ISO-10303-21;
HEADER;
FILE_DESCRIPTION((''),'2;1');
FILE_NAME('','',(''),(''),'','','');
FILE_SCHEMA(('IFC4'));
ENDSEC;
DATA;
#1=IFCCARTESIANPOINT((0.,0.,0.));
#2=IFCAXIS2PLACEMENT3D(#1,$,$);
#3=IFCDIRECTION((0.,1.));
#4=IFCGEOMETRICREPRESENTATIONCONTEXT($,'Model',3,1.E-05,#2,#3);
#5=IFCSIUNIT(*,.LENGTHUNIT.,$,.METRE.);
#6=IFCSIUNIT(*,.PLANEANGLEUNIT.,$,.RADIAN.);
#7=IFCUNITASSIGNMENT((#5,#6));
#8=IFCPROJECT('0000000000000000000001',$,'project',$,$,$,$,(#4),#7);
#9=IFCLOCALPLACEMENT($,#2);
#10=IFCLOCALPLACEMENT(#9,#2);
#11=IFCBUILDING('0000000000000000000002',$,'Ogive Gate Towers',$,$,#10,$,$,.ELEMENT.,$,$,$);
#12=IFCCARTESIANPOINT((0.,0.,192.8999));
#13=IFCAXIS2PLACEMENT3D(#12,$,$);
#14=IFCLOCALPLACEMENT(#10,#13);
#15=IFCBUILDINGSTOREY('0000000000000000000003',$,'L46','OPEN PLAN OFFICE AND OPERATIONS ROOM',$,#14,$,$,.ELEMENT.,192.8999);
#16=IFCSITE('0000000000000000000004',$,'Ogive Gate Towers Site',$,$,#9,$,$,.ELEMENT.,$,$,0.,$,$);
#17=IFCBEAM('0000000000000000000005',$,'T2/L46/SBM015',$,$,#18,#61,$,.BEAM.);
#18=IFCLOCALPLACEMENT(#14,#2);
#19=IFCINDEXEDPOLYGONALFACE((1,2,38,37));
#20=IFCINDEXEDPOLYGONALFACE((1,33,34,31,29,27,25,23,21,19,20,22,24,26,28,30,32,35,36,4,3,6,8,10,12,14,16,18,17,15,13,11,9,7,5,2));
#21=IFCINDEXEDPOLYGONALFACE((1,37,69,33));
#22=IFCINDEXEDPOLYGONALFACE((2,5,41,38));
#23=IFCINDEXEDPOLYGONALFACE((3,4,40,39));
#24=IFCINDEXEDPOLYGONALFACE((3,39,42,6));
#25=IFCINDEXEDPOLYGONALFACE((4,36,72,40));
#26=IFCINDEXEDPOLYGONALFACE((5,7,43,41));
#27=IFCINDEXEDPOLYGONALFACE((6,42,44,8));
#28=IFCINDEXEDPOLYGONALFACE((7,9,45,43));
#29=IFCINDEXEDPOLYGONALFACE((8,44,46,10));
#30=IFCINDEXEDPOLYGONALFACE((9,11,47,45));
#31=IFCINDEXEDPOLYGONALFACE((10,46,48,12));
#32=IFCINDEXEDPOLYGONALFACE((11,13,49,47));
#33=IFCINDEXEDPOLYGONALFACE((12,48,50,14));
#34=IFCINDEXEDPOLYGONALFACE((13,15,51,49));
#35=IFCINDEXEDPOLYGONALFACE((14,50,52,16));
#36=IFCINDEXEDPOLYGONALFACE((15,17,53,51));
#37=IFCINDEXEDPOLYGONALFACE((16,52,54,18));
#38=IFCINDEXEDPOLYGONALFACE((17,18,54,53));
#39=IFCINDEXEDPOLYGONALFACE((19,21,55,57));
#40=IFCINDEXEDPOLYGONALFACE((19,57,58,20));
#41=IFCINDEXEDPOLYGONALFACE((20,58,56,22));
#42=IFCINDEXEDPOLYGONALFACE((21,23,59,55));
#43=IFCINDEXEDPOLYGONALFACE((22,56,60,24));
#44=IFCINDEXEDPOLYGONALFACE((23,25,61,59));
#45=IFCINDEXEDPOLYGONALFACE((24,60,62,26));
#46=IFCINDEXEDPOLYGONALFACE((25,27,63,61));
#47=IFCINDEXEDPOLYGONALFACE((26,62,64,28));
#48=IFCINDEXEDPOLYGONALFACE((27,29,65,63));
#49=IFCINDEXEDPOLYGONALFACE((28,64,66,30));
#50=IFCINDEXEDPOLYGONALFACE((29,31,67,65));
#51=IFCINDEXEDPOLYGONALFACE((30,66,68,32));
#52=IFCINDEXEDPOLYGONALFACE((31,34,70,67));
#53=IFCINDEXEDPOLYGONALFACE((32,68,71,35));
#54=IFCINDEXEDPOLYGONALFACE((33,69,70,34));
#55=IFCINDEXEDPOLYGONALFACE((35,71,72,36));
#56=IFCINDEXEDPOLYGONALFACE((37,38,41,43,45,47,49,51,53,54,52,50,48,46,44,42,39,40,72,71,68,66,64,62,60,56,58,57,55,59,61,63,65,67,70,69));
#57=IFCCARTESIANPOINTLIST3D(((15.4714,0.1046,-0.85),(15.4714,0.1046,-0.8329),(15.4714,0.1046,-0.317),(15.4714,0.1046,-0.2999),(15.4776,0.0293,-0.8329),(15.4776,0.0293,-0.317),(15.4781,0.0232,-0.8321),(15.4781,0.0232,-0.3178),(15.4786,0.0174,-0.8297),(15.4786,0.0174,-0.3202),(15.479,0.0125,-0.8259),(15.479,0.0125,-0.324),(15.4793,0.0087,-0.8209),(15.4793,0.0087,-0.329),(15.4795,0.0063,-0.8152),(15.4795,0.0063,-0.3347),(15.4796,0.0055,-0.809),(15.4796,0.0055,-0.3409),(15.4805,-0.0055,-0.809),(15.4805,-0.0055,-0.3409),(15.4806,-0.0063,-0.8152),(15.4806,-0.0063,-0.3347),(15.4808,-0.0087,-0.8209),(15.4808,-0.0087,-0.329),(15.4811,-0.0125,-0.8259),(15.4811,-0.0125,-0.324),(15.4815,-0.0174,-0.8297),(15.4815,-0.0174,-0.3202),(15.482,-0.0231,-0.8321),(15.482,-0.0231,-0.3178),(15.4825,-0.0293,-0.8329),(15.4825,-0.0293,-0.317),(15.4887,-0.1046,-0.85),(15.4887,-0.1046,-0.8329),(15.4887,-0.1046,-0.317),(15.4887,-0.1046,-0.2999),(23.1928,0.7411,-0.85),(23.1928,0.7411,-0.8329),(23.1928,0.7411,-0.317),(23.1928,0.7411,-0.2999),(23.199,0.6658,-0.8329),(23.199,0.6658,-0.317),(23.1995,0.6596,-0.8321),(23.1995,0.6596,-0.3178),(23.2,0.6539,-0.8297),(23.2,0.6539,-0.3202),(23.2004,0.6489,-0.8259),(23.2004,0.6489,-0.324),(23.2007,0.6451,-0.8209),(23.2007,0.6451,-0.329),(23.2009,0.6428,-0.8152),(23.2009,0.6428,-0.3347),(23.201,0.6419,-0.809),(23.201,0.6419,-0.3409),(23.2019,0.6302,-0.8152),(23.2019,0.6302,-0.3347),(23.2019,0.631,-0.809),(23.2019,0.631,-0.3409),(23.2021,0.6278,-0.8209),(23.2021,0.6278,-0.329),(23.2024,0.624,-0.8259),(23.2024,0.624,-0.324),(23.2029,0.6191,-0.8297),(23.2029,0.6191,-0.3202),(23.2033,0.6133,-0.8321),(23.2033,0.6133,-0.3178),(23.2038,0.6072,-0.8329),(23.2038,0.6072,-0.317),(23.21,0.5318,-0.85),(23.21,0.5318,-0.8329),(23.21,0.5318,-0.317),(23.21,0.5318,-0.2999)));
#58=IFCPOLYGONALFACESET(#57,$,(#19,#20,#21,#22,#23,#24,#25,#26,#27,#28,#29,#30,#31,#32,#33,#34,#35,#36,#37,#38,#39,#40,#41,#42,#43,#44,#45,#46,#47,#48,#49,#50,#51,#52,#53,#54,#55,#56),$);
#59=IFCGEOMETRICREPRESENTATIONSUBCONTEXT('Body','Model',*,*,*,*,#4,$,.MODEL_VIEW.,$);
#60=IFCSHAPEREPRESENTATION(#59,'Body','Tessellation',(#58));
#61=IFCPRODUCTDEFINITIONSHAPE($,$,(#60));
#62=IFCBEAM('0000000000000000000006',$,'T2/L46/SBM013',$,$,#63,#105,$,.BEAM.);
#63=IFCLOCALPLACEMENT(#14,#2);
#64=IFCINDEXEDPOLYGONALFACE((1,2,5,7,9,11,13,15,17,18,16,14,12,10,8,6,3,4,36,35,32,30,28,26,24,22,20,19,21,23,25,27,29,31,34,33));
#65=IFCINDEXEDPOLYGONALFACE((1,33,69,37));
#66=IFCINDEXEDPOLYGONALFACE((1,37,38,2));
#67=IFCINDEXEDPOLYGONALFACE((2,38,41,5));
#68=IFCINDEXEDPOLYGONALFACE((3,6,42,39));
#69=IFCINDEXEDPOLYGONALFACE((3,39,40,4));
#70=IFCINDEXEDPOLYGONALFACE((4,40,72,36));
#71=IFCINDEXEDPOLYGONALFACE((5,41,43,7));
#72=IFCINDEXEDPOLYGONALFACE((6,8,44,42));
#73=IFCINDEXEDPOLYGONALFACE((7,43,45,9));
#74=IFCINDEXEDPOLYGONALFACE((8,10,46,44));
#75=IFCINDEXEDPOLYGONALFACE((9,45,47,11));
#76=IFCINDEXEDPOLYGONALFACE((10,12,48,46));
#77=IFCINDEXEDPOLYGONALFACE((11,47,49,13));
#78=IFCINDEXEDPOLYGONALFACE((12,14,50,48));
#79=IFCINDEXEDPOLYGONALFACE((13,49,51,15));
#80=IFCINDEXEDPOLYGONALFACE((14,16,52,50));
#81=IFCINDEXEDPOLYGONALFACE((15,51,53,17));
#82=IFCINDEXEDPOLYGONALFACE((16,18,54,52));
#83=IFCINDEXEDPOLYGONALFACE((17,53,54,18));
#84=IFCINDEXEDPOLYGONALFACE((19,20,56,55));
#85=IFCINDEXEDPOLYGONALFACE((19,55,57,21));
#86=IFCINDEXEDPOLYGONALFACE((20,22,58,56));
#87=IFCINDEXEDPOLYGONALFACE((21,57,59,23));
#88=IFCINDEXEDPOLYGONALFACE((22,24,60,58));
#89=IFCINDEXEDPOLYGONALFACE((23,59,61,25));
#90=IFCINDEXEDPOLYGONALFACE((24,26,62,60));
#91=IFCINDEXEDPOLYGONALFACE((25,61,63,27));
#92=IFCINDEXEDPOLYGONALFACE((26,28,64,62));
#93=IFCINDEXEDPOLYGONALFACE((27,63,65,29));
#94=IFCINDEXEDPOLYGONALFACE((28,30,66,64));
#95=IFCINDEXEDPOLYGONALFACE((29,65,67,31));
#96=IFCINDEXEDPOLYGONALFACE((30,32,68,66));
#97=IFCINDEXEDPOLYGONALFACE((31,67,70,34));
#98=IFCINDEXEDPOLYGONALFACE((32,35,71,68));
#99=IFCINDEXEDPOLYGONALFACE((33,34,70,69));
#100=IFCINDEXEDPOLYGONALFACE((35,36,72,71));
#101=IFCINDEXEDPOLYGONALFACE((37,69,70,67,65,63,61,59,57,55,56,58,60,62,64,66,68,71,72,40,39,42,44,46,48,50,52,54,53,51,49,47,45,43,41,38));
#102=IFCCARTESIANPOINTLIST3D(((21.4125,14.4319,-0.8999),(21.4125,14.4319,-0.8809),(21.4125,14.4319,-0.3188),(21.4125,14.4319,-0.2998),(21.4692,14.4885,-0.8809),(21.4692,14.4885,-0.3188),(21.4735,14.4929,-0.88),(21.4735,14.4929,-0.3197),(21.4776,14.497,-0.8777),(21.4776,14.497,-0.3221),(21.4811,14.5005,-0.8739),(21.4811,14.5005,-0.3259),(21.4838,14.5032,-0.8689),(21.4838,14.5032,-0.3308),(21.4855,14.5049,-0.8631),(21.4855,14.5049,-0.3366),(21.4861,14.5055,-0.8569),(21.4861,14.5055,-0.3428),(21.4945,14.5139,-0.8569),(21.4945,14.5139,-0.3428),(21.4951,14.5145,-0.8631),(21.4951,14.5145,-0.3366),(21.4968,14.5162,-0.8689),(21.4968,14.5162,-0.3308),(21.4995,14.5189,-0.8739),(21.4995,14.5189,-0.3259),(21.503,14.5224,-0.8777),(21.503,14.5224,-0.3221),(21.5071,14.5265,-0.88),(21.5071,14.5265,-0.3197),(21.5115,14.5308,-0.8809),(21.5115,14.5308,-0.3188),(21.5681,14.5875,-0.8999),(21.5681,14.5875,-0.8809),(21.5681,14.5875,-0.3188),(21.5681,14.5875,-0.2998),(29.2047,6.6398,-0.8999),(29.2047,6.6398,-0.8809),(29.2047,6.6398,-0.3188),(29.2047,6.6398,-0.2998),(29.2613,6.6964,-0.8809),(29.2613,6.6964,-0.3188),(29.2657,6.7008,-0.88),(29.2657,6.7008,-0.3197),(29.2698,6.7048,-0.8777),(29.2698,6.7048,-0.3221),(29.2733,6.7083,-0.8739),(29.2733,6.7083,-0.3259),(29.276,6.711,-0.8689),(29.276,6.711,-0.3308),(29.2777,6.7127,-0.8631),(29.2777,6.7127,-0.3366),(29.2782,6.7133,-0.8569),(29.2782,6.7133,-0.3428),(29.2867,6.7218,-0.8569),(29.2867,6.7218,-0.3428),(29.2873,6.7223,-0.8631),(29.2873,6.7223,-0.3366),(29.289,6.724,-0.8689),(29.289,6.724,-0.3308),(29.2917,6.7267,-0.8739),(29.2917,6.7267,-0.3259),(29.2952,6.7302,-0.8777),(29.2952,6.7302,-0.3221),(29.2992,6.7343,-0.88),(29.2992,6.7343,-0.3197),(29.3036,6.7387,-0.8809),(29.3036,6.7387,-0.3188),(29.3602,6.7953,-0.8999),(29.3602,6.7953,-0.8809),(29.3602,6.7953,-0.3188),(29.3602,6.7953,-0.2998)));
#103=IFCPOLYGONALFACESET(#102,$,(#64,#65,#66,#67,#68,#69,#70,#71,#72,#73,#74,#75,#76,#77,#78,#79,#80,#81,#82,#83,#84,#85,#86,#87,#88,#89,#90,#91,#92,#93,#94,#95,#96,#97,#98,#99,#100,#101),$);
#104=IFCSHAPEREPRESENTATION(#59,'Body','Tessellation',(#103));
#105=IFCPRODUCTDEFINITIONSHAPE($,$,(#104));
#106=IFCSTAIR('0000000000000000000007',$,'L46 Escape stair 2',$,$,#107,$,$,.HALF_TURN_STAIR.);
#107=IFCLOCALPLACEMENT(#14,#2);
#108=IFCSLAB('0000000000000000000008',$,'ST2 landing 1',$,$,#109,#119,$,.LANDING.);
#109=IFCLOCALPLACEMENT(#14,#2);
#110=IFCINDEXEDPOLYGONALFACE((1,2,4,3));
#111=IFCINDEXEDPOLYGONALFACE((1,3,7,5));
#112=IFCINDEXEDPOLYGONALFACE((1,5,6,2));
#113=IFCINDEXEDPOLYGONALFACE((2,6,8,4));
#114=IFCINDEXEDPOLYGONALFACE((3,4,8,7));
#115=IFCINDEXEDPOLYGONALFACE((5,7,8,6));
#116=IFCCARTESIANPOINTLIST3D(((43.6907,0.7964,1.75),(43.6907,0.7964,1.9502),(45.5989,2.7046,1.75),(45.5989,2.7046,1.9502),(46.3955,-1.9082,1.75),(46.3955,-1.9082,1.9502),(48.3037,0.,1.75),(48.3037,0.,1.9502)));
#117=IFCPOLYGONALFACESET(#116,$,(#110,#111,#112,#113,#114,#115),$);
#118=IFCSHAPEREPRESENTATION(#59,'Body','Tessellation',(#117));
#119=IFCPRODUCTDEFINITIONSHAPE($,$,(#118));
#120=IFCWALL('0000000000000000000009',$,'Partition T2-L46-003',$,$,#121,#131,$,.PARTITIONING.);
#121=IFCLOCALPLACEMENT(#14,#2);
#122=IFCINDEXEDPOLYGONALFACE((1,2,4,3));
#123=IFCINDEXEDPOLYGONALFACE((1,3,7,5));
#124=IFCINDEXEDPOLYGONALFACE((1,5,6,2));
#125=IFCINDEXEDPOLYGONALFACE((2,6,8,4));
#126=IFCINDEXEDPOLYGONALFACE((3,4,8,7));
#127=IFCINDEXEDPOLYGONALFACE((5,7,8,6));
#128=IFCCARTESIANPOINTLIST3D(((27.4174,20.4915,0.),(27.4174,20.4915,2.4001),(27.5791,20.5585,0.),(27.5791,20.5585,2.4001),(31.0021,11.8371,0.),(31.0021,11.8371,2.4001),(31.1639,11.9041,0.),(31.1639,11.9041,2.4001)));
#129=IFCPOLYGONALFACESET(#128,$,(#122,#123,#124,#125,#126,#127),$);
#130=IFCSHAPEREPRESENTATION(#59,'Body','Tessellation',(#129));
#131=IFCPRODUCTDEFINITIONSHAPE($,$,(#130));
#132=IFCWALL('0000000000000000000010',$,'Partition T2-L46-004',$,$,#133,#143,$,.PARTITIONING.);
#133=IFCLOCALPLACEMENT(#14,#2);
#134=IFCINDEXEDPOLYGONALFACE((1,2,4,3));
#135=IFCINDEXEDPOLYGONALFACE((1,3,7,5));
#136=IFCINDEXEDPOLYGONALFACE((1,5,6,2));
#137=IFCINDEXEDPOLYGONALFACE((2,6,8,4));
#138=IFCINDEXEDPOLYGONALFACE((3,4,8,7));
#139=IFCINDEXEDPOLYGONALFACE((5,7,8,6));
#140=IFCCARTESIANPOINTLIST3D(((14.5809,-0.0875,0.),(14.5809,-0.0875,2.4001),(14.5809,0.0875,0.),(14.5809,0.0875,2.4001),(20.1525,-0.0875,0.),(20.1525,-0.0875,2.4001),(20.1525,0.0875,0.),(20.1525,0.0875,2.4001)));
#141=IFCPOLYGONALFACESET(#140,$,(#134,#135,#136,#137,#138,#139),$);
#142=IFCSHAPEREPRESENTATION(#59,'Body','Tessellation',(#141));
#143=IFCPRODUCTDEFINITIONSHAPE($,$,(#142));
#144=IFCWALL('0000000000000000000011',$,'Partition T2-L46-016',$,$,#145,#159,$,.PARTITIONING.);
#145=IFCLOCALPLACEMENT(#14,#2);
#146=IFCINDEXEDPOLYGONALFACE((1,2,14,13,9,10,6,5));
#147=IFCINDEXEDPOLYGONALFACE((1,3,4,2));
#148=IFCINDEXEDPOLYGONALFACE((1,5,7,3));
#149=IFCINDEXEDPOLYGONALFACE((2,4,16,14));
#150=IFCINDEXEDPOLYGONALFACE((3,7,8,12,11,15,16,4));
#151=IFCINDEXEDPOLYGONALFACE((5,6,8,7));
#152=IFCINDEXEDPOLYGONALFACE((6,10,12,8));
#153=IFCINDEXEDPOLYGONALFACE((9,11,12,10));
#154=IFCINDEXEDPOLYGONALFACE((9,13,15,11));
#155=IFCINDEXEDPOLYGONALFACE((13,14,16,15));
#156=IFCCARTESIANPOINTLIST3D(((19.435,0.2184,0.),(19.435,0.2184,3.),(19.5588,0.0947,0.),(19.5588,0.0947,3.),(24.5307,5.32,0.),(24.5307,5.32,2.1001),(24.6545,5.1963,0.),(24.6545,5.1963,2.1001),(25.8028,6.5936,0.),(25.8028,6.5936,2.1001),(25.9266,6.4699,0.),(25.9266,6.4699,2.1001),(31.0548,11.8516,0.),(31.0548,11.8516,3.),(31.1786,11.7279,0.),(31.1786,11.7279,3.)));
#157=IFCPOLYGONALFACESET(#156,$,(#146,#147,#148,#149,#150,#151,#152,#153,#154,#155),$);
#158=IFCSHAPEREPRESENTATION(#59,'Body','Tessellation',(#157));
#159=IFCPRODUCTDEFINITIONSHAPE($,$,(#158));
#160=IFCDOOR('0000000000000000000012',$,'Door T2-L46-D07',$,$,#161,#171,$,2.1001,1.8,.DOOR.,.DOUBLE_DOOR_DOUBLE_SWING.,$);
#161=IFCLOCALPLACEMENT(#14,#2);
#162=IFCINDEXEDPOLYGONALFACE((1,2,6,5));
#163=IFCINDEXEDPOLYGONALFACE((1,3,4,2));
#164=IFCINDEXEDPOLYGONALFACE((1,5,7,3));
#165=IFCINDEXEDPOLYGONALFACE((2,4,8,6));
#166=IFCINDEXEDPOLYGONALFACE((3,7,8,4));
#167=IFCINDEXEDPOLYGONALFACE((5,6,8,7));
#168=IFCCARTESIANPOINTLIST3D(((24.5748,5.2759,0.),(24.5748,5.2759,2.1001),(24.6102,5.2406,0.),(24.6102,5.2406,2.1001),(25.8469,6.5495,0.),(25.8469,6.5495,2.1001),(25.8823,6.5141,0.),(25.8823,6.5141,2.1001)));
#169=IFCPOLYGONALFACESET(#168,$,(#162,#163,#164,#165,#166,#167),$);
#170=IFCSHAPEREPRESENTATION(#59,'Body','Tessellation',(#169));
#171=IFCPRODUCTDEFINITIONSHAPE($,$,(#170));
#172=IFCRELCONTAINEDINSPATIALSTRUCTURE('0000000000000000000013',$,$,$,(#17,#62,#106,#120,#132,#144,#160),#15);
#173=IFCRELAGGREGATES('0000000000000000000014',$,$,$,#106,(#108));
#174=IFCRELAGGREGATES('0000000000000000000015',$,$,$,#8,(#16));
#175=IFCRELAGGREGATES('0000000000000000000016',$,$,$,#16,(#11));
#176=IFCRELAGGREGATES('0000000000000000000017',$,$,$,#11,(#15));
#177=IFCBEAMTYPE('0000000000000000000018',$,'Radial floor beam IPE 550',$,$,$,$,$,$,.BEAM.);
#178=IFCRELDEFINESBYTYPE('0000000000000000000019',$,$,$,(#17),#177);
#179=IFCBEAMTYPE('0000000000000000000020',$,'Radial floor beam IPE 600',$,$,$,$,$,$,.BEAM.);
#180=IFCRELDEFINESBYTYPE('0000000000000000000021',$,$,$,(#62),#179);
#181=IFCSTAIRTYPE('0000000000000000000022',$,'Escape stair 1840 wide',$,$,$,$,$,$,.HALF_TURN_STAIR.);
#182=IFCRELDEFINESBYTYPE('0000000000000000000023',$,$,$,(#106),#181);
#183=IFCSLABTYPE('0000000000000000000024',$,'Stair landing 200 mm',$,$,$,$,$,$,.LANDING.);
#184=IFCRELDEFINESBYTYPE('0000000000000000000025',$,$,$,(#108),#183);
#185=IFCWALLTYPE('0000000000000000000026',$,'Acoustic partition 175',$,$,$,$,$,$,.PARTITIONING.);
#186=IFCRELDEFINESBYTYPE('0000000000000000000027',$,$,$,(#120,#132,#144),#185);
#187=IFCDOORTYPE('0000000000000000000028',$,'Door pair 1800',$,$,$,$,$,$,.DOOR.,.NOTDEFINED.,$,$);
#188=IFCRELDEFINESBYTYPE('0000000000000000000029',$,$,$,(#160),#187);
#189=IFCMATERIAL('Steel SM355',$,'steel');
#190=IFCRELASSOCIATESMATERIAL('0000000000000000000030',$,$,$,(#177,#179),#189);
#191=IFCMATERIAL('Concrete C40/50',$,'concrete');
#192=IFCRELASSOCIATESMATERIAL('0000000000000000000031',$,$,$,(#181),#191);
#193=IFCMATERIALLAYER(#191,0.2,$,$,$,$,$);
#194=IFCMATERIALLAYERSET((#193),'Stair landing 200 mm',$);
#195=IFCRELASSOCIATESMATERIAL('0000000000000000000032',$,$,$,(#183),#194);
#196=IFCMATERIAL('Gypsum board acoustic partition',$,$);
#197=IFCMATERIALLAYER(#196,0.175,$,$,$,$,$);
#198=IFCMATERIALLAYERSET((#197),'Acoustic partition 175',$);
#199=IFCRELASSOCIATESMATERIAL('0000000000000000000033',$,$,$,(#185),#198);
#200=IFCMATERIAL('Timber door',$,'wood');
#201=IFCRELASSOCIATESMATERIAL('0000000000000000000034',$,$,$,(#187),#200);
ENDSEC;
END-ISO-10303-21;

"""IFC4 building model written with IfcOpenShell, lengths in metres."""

from ifc_helpers import new_model, si_unit, direction, frame, frame_2d, origin, origin_2d, place, context, subcontext, project, spatial, polyline, rectangle, i_section, outline, extrude, material, layer, layer_set, material_profile, profile_set, type_object, element, fill, aggregate, save


model = new_model("IFC4")

# Units and contexts
model_context = context("Model", 3, precision=1e-05, world=origin(), true_north=direction((0.0, 1.0)))
body_context = subcontext(model_context, "Body", "Model", "MODEL_VIEW")
ifc_project = project(units=[si_unit("LENGTHUNIT", "METRE"), si_unit("PLANEANGLEUNIT", "RADIAN")], contexts=[model_context])

# Site, building, storey
site_placement = place(None, origin())
site = spatial("IfcSite", under=ifc_project, at=site_placement, Name="Ogive Gate Towers Site", CompositionType="ELEMENT", RefElevation=0.0)
building_placement = place(site_placement, origin())
building = spatial("IfcBuilding", under=site, at=building_placement, Name="Ogive Gate Towers", CompositionType="ELEMENT")
storey_placement = place(building_placement, frame((0.0, 0.0, 192.8999)))
storey = spatial("IfcBuildingStorey", under=building, at=storey_placement, Name="L46", Description="OPEN PLAN OFFICE AND OPERATIONS ROOM", CompositionType="ELEMENT", Elevation=192.8999)

# Beams
ifc_material_1 = material(Name="Concrete C40/50", Category="concrete")
ifc_material_2 = material(Name="Steel SM355", Category="steel")
ifc_material_profile_1 = material_profile(ifc_material_2, i_section(OverallWidth=0.21, OverallDepth=0.55, WebThickness=0.011, FlangeThickness=0.0171, FilletRadius=0.0239, at=origin_2d()), Name="IPE 550")
ifc_profile_set_1 = profile_set([ifc_material_profile_1], Name="Steel SM355")
beam_type_1 = type_object("IfcBeamType", Name="Radial floor beam IPE 550", PredefinedType="BEAM", material=ifc_profile_set_1)
beam_1_placement = place(storey_placement, frame((23.2014, 0.6365, -0.575), z_axis=(-0.99662, -0.082151, 0.0), x_axis=(0.082151, -0.99662, 0.0)))
element("IfcBeam", 1, at=beam_1_placement, inside=storey, type_object=beam_type_1, Name="T2/L46/SBM015", PredefinedType="BEAM", context=body_context, shape_type="SweptSolid", body=[
    extrude(i_section(OverallWidth=0.21, OverallDepth=0.55, WebThickness=0.011, FlangeThickness=0.0171, FilletRadius=0.0239, at=origin_2d()), origin(), (0.0, 0.0, 1.0), 7.7476),
])
ifc_material_profile_2 = material_profile(ifc_material_2, i_section(OverallWidth=0.22, OverallDepth=0.6001, WebThickness=0.012, FlangeThickness=0.019, FilletRadius=0.0239, at=origin_2d()), Name="IPE 600")
ifc_profile_set_2 = profile_set([ifc_material_profile_2], Name="Steel SM355")
beam_type_2 = type_object("IfcBeamType", Name="Radial floor beam IPE 600", PredefinedType="BEAM", material=ifc_profile_set_2)
beam_2_placement = place(storey_placement, frame((29.2825, 6.7175, -0.5999), z_axis=(-0.707107, 0.707107, 0.0), x_axis=(-0.707107, -0.707107, 0.0)))
element("IfcBeam", 2, at=beam_2_placement, inside=storey, type_object=beam_type_2, Name="T2/L46/SBM013", PredefinedType="BEAM", context=body_context, shape_type="SweptSolid", body=[
    extrude(i_section(OverallWidth=0.22, OverallDepth=0.6001, WebThickness=0.012, FlangeThickness=0.019, FilletRadius=0.0239, at=origin_2d()), origin(), (0.0, 0.0, 1.0), 11.0198),
])

# Stair, slab
stair_type = type_object("IfcStairType", Name="Escape stair 1840 wide", PredefinedType="HALF_TURN_STAIR", material=ifc_material_1)
stair_1_placement = place(storey_placement, origin())
stair_1 = element("IfcStair", 3, at=stair_1_placement, inside=storey, type_object=stair_type, Name="L46 Escape stair 2", PredefinedType="HALF_TURN_STAIR")
ifc_layer_1 = layer(ifc_material_1, 0.2)
ifc_layer_set_1 = layer_set([ifc_layer_1], Name="Stair landing 200 mm")
slab_type = type_object("IfcSlabType", Name="Stair landing 200 mm", PredefinedType="LANDING", material=ifc_layer_set_1)
slab_placement = place(storey_placement, frame((0.0, 0.0, 1.75)))
slab = element("IfcSlab", 4, at=slab_placement, type_object=slab_type, Name="ST2 landing 1", PredefinedType="LANDING", context=body_context, shape_type="SweptSolid", body=[
    extrude(outline(polyline([(46.3955, -1.9082), (48.3037, 0.0), (45.5989, 2.7046), (43.6907, 0.7964), (46.3955, -1.9082)])), origin(), (0.0, 0.0, 1.0), 0.2002),
])
aggregate(stair_1, [slab])

# Walls
ifc_material_3 = material(Name="Gypsum board acoustic partition")
ifc_layer_2 = layer(ifc_material_3, 0.175)
ifc_layer_set_2 = layer_set([ifc_layer_2], Name="Acoustic partition 175")
wall_type_1 = type_object("IfcWallType", Name="Acoustic partition 175", PredefinedType="PARTITIONING", material=ifc_layer_set_2)
wall_1_placement = place(storey_placement, frame((27.4983, 20.5249, 0.0), z_axis=(0.0, 0.0, 1.0), x_axis=(0.382682, -0.92388, 0.0)))
element("IfcWall", 5, at=wall_1_placement, inside=storey, type_object=wall_type_1, Name="Partition T2-L46-003", PredefinedType="PARTITIONING", context=body_context, shape_type="SweptSolid", body=[
    extrude(rectangle(XDim=9.3674, YDim=0.175, at=frame_2d((4.6836, 0.0))), origin(), (0.0, 0.0, 1.0), 2.4001),
])
wall_2_placement = place(storey_placement, frame((14.5811, 0.0, 0.0), z_axis=(0.0, 0.0, 1.0), x_axis=(1.0, 0.0, 0.0)))
element("IfcWall", 6, at=wall_2_placement, inside=storey, type_object=wall_type_1, Name="Partition T2-L46-004", PredefinedType="PARTITIONING", context=body_context, shape_type="SweptSolid", body=[
    extrude(rectangle(XDim=5.5715, YDim=0.175, at=frame_2d((2.7856, 0.0))), origin(), (0.0, 0.0, 1.0), 2.4001),
])

# Wall, opening, door
wall_3_placement = place(storey_placement, frame((31.1167, 11.7898, 0.0), z_axis=(0.0, 0.0, 1.0), x_axis=(-0.706698, -0.707515, 0.0)))
wall_3 = element("IfcWall", 7, at=wall_3_placement, inside=storey, type_object=wall_type_1, Name="Partition T2-L46-016", PredefinedType="PARTITIONING", context=body_context, shape_type="SweptSolid", body=[
    extrude(rectangle(XDim=16.4424, YDim=0.175, at=frame_2d((8.2212, 0.0))), origin(), (0.0, 0.0, 1.0), 3.0),
])
opening_1_placement = place(wall_3_placement, frame((7.4319, 0.0, 0.0)))
opening_1 = element("IfcOpeningElement", 8, at=opening_1_placement, cuts=wall_3, PredefinedType="OPENING", context=body_context, shape_type="SweptSolid", body=[
    extrude(rectangle(XDim=1.8, YDim=2.1001, at=frame_2d((0.8999, 1.05))), frame((0.0, 0.0977, 0.0), z_axis=(0.0, -1.0, 0.0), x_axis=(1.0, 0.0, 0.0)), (0.0, 0.0, 1.0), 0.1951),
])
ifc_material_4 = material(Name="Timber door", Category="wood")
door_type_1 = type_object("IfcDoorType", Name="Door pair 1800", OperationType="NOTDEFINED", PredefinedType="DOOR", material=ifc_material_4)
door_1_placement = place(opening_1_placement, origin())
door_1 = element("IfcDoor", 9, at=door_1_placement, inside=storey, type_object=door_type_1, Name="Door T2-L46-D07", OperationType="DOUBLE_DOOR_DOUBLE_SWING", OverallHeight=2.1001, OverallWidth=1.8, PredefinedType="DOOR", context=body_context, shape_type="SweptSolid", body=[
    extrude(rectangle(XDim=1.8, YDim=2.1001, at=frame_2d((0.8999, 1.05))), frame((0.0, 0.0249, 0.0), z_axis=(0.0, -1.0, 0.0), x_axis=(1.0, 0.0, 0.0)), (0.0, 0.0, 1.0), 0.05),
])
fill(opening_1, door_1)

save(model, "model.ifc")
